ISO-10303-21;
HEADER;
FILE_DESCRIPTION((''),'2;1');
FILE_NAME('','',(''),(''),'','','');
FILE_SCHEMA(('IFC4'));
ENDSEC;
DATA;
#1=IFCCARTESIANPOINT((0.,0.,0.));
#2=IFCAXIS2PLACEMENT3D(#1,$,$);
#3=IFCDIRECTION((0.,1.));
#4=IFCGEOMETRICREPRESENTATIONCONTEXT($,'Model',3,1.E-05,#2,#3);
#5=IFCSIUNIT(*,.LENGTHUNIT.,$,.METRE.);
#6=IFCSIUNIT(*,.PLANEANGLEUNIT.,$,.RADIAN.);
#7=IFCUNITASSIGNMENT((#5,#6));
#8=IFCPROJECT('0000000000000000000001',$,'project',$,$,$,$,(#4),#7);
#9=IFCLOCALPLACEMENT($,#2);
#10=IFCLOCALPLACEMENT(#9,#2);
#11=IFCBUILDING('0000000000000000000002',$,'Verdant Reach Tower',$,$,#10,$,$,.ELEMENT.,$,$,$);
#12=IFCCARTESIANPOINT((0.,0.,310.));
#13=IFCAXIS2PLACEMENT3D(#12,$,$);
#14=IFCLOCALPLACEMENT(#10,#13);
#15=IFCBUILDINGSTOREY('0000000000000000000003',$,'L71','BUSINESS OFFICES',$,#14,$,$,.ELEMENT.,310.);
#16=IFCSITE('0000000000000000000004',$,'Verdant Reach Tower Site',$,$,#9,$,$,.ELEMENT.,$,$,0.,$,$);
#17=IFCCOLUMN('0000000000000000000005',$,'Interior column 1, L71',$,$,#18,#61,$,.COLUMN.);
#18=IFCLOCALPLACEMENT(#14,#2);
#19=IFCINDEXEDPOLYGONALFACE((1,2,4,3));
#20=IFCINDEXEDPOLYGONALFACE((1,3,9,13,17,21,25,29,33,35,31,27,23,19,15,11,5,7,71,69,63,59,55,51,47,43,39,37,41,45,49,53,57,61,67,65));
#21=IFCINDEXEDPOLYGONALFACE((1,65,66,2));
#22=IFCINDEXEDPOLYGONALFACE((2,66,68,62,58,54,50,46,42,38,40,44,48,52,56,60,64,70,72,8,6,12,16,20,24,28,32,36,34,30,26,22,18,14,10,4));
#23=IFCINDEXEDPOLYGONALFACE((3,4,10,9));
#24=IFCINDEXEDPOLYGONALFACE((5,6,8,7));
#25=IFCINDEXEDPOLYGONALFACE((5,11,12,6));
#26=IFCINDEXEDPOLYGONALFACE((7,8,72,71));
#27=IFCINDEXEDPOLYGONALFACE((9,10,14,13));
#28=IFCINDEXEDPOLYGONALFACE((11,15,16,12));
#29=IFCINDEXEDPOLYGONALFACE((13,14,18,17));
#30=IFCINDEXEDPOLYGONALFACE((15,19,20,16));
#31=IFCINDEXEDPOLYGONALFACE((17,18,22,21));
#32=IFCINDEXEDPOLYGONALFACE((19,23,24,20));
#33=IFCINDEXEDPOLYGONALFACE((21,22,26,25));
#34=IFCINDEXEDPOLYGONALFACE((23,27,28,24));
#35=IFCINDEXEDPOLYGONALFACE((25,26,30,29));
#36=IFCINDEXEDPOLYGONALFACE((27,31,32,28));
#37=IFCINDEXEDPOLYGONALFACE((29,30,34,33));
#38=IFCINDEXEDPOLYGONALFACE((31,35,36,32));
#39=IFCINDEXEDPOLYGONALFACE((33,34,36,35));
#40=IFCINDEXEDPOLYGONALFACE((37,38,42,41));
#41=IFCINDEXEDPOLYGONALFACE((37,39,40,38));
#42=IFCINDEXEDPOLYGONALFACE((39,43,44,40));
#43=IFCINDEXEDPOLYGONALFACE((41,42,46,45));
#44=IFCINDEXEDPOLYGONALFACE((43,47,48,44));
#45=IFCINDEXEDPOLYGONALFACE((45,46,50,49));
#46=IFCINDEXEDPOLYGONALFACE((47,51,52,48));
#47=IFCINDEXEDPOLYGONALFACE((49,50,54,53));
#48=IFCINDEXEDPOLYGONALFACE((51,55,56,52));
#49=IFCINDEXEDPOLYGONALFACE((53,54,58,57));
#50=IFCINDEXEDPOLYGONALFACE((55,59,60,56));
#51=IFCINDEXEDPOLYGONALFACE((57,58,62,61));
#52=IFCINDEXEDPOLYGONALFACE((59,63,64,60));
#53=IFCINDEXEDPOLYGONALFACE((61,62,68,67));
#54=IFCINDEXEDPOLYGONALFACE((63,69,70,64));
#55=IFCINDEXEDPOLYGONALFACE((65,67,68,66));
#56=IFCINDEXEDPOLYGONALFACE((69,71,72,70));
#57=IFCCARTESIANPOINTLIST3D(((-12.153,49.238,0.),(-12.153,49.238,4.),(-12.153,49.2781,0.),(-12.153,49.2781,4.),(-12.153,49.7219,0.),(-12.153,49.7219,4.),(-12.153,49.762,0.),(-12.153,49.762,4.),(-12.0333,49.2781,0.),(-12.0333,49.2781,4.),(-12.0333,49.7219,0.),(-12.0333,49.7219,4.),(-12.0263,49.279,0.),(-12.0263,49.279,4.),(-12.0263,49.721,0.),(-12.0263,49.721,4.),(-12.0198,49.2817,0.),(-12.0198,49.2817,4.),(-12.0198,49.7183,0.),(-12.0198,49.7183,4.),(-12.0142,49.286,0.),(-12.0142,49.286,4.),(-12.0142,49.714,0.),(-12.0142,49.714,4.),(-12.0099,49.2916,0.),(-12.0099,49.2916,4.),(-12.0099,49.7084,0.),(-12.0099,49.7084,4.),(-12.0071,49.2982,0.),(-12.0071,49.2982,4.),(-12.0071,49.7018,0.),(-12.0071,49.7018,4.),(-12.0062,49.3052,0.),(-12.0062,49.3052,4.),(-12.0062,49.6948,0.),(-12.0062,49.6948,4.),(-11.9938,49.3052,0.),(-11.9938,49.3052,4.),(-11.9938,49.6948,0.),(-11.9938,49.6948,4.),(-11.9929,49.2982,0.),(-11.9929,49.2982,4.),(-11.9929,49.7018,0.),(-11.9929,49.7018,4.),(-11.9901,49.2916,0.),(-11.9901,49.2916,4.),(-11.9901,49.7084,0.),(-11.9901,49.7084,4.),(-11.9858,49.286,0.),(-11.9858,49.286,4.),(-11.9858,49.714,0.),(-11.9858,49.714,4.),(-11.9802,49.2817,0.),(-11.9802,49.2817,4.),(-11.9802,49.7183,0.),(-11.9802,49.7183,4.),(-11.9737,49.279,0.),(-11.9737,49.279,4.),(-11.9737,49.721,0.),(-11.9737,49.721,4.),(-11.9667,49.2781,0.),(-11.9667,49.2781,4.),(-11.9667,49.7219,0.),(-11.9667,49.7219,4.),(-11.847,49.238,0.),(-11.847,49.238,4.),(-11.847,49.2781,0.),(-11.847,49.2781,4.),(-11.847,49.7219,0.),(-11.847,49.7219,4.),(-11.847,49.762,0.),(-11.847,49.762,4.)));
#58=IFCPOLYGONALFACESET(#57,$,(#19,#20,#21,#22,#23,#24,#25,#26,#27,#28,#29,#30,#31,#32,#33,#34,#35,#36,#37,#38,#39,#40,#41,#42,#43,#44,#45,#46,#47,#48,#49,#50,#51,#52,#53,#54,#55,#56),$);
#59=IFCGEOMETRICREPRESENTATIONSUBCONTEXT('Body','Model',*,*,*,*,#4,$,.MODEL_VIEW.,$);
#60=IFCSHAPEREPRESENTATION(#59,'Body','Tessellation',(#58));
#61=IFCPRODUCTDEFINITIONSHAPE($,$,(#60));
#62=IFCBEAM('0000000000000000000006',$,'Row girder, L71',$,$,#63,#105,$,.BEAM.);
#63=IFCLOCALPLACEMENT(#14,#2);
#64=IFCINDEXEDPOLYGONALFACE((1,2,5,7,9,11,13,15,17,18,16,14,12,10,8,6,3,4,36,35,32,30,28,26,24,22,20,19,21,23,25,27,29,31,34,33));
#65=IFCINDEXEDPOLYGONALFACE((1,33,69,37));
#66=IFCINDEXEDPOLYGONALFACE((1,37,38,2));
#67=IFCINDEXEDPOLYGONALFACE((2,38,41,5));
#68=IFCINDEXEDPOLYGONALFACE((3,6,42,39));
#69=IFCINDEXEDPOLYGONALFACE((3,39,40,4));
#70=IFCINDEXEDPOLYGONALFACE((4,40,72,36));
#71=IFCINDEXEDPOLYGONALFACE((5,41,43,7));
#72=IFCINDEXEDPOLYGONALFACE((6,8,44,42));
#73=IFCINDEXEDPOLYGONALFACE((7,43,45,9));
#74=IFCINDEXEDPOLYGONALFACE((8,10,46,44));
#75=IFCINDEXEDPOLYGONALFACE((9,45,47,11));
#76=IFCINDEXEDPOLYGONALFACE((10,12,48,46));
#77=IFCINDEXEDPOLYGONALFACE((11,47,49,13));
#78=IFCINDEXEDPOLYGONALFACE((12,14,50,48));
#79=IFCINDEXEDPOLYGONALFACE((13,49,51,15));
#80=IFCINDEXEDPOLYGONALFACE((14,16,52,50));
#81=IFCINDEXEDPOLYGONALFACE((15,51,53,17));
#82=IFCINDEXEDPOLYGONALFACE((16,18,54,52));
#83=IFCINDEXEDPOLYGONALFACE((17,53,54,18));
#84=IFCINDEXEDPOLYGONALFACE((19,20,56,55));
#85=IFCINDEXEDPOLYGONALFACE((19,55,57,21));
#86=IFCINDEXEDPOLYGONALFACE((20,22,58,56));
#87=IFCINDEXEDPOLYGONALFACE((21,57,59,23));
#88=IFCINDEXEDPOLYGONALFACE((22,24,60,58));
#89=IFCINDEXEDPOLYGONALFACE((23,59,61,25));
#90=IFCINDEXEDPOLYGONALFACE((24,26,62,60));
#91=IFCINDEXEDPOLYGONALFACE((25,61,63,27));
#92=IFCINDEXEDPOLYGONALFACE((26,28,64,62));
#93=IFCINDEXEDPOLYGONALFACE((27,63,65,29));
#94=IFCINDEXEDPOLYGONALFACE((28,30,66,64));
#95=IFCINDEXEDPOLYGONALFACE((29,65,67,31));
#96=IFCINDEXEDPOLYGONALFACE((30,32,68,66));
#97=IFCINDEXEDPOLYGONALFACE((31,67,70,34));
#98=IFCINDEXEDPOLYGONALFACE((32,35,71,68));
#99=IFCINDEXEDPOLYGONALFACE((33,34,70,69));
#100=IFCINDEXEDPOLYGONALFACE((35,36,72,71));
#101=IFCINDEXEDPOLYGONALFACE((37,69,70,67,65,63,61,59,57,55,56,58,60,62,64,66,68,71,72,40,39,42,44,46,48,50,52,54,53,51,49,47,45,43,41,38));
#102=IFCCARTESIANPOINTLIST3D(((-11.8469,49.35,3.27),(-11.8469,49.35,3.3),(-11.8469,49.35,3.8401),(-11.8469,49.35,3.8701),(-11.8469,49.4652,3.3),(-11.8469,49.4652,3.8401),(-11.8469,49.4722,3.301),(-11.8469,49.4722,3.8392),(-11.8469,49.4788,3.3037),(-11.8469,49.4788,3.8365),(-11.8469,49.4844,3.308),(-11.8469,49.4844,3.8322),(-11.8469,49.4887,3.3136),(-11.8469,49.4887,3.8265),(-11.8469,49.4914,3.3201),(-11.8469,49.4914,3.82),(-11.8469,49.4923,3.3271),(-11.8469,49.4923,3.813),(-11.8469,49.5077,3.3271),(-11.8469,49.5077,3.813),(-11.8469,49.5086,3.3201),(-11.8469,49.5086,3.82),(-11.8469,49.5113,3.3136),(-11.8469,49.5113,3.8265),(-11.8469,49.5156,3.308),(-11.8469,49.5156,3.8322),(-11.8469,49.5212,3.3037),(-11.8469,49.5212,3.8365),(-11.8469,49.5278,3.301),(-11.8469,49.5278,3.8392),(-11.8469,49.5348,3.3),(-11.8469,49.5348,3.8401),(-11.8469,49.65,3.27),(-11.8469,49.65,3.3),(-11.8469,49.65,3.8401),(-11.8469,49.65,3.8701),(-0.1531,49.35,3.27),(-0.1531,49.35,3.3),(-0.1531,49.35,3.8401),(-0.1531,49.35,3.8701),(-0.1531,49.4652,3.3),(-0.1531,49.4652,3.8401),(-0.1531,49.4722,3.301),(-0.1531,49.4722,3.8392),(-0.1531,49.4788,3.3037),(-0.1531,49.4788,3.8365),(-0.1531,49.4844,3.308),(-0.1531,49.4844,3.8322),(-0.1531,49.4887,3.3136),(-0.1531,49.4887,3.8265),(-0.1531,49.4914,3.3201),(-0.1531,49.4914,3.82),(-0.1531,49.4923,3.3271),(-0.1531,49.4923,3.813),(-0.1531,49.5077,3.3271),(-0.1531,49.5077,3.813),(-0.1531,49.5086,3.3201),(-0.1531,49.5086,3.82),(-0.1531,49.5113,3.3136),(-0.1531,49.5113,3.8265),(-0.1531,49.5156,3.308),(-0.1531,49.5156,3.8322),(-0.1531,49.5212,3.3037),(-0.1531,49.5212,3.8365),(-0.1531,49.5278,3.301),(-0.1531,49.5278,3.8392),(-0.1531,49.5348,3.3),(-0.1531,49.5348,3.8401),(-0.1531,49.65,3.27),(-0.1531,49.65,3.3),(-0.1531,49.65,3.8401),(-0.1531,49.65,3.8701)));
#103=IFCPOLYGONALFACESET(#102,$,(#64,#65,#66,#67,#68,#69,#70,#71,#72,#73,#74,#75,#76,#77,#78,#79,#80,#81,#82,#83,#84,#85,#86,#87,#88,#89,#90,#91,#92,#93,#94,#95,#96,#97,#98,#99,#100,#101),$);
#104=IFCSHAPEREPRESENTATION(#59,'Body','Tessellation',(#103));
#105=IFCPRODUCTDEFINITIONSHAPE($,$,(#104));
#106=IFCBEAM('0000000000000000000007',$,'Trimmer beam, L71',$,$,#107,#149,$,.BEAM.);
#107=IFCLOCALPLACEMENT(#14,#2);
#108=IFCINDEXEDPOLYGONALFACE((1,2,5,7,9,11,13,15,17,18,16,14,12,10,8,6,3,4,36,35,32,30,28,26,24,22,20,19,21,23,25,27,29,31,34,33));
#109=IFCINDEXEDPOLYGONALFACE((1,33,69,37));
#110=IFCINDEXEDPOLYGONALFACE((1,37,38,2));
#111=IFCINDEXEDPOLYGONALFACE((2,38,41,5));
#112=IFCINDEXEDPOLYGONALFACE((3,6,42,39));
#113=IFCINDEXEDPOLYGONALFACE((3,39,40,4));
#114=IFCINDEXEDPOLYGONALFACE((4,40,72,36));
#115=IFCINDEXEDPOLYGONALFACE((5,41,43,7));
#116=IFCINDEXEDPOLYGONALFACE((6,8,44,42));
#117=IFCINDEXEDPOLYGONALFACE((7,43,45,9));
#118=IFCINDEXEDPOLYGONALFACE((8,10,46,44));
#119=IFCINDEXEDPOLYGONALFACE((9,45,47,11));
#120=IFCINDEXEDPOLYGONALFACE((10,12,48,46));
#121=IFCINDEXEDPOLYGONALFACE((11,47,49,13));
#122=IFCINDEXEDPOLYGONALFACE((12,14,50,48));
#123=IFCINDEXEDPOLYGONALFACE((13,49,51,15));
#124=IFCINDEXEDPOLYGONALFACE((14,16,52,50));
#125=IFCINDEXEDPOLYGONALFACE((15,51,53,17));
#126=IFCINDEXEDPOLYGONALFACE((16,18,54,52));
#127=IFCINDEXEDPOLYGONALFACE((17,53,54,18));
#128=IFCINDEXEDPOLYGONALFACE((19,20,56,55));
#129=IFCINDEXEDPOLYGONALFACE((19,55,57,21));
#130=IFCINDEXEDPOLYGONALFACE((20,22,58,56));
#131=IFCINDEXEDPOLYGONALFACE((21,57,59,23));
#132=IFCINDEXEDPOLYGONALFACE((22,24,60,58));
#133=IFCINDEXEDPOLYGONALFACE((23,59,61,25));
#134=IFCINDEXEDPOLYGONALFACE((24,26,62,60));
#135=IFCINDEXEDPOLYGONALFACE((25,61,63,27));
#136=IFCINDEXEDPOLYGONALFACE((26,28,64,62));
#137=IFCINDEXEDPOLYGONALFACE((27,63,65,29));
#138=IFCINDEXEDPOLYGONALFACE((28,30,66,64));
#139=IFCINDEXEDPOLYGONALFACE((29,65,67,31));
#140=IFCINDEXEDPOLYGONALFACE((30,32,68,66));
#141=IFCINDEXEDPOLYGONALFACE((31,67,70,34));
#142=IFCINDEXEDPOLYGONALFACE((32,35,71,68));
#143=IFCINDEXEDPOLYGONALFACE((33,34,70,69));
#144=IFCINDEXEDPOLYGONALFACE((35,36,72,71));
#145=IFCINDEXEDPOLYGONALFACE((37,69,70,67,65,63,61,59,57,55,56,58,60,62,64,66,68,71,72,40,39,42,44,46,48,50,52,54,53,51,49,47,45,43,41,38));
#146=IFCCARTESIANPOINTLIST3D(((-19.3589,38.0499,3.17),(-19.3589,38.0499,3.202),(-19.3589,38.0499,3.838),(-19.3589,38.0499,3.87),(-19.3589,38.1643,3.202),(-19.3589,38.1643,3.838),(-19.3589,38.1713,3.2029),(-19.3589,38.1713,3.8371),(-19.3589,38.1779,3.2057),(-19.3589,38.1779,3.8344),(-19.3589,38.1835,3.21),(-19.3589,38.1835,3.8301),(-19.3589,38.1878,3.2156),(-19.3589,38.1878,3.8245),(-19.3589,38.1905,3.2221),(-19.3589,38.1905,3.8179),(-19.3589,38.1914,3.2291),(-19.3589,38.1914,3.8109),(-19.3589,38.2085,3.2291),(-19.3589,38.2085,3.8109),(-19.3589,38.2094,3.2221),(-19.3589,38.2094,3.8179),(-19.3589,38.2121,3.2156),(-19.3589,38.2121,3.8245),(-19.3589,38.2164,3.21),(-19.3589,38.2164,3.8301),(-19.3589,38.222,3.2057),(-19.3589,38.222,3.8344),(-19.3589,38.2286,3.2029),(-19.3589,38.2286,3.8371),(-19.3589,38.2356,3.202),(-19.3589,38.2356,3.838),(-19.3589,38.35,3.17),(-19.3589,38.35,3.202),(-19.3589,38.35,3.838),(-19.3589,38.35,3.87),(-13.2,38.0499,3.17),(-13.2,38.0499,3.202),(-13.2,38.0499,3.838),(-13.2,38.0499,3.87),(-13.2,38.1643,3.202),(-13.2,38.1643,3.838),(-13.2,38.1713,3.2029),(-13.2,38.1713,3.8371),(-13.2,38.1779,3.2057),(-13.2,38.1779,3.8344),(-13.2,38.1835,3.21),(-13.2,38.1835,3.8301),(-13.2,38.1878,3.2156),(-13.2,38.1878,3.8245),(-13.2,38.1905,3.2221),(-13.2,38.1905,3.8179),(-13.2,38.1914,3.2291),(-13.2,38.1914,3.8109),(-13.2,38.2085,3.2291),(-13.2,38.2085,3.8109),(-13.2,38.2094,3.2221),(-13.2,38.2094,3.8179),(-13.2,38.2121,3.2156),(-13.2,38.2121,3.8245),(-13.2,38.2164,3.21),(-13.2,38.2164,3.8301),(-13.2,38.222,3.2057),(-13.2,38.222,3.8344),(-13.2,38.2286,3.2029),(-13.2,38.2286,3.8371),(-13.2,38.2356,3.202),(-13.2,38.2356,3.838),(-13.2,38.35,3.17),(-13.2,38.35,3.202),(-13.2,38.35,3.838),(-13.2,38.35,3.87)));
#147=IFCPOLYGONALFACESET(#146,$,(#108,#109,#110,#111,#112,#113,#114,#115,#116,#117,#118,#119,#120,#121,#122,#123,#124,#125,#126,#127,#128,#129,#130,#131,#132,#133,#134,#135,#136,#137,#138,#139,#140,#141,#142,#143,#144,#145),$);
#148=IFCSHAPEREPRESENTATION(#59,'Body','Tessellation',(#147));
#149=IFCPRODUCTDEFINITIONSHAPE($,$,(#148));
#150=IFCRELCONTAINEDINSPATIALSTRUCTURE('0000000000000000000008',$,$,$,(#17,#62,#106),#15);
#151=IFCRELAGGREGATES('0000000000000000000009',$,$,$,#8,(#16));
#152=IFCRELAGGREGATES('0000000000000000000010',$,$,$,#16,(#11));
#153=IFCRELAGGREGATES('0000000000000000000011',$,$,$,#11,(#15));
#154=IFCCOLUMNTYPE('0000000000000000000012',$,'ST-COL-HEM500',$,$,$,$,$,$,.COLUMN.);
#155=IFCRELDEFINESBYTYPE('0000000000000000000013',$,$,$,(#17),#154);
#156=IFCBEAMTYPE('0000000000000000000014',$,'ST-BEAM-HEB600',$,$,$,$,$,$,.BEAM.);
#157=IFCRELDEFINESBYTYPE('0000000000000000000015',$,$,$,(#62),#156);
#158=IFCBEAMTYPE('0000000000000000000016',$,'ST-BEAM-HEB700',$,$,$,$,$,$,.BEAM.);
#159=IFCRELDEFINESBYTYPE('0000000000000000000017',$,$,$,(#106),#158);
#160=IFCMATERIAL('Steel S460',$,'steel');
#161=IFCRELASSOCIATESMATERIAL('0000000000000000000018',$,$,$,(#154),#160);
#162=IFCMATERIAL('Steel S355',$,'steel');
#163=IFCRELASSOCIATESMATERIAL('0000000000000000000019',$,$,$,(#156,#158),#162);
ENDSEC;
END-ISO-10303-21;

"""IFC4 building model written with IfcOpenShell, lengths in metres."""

from ifc_helpers import new_model, si_unit, direction, frame, origin, origin_2d, place, context, subcontext, project, spatial, i_section, extrude, material, material_profile, profile_set, type_object, element, save


model = new_model("IFC4")

# Units and contexts
model_context = context("Model", 3, precision=1e-05, world=origin(), true_north=direction((0.0, 1.0)))
body_context = subcontext(model_context, "Body", "Model", "MODEL_VIEW")
ifc_project = project(units=[si_unit("LENGTHUNIT", "METRE"), si_unit("PLANEANGLEUNIT", "RADIAN")], contexts=[model_context])

# Site, building, storey
site_placement = place(None, origin())
site = spatial("IfcSite", under=ifc_project, at=site_placement, Name="Verdant Reach Tower Site", CompositionType="ELEMENT", RefElevation=0.0)
building_placement = place(site_placement, origin())
building = spatial("IfcBuilding", under=site, at=building_placement, Name="Verdant Reach Tower", CompositionType="ELEMENT")
storey_placement = place(building_placement, frame((0.0, 0.0, 310.0)))
storey = spatial("IfcBuildingStorey", under=building, at=storey_placement, Name="L71", Description="BUSINESS OFFICES", CompositionType="ELEMENT", Elevation=310.0)

# Column
ifc_material_1 = material(Name="Steel S460", Category="steel")
ifc_material_profile_1 = material_profile(ifc_material_1, i_section(OverallWidth=0.3059, OverallDepth=0.5239, WebThickness=0.0125, FlangeThickness=0.04, FilletRadius=0.0271, at=origin_2d()), Name="HEM 500")
ifc_profile_set_1 = profile_set([ifc_material_profile_1], Name="Steel S460")
column_type = type_object("IfcColumnType", Name="ST-COL-HEM500", PredefinedType="COLUMN", material=ifc_profile_set_1)
column_placement = place(storey_placement, frame((-12.0, 49.5, 0.0), z_axis=(0.0, 0.0, 1.0), x_axis=(1.0, 0.0, 0.0)))
element("IfcColumn", 1, at=column_placement, inside=storey, type_object=column_type, Name="Interior column 1, L71", PredefinedType="COLUMN", context=body_context, shape_type="SweptSolid", body=[
    extrude(i_section(OverallWidth=0.3059, OverallDepth=0.5239, WebThickness=0.0125, FlangeThickness=0.04, FilletRadius=0.0271, at=origin_2d()), origin(), (0.0, 0.0, 1.0), 4.0),
])

# Beams
ifc_material_2 = material(Name="Steel S355", Category="steel")
ifc_material_profile_2 = material_profile(ifc_material_2, i_section(OverallWidth=0.3, OverallDepth=0.6001, WebThickness=0.0154, FlangeThickness=0.03, FilletRadius=0.0271, at=origin_2d()), Name="HEB 600")
ifc_profile_set_2 = profile_set([ifc_material_profile_2], Name="Steel S355")
beam_type_1 = type_object("IfcBeamType", Name="ST-BEAM-HEB600", PredefinedType="BEAM", material=ifc_profile_set_2)
beam_1_placement = place(storey_placement, frame((-11.8469, 49.5, 3.5701), z_axis=(1.0, 0.0, 0.0), x_axis=(0.0, 1.0, 0.0)))
element("IfcBeam", 2, at=beam_1_placement, inside=storey, type_object=beam_type_1, Name="Row girder, L71", PredefinedType="BEAM", context=body_context, shape_type="SweptSolid", body=[
    extrude(i_section(OverallWidth=0.3, OverallDepth=0.6001, WebThickness=0.0154, FlangeThickness=0.03, FilletRadius=0.0271, at=origin_2d()), origin(), (0.0, 0.0, 1.0), 11.6938),
])
ifc_material_profile_3 = material_profile(ifc_material_2, i_section(OverallWidth=0.3, OverallDepth=0.7, WebThickness=0.0171, FlangeThickness=0.032, FilletRadius=0.0271, at=origin_2d()), Name="HEB 700")
ifc_profile_set_3 = profile_set([ifc_material_profile_3], Name="Steel S355")
beam_type_2 = type_object("IfcBeamType", Name="ST-BEAM-HEB700", PredefinedType="BEAM", material=ifc_profile_set_3)
beam_2_placement = place(storey_placement, frame((-13.2, 38.2, 3.52), z_axis=(-1.0, 0.0, 0.0), x_axis=(0.0, -1.0, 0.0)))
element("IfcBeam", 3, at=beam_2_placement, inside=storey, type_object=beam_type_2, Name="Trimmer beam, L71", PredefinedType="BEAM", context=body_context, shape_type="SweptSolid", body=[
    extrude(i_section(OverallWidth=0.3, OverallDepth=0.7, WebThickness=0.0171, FlangeThickness=0.032, FilletRadius=0.0271, at=origin_2d()), origin(), (0.0, 0.0, 1.0), 6.1589),
])

save(model, "model.ifc")
